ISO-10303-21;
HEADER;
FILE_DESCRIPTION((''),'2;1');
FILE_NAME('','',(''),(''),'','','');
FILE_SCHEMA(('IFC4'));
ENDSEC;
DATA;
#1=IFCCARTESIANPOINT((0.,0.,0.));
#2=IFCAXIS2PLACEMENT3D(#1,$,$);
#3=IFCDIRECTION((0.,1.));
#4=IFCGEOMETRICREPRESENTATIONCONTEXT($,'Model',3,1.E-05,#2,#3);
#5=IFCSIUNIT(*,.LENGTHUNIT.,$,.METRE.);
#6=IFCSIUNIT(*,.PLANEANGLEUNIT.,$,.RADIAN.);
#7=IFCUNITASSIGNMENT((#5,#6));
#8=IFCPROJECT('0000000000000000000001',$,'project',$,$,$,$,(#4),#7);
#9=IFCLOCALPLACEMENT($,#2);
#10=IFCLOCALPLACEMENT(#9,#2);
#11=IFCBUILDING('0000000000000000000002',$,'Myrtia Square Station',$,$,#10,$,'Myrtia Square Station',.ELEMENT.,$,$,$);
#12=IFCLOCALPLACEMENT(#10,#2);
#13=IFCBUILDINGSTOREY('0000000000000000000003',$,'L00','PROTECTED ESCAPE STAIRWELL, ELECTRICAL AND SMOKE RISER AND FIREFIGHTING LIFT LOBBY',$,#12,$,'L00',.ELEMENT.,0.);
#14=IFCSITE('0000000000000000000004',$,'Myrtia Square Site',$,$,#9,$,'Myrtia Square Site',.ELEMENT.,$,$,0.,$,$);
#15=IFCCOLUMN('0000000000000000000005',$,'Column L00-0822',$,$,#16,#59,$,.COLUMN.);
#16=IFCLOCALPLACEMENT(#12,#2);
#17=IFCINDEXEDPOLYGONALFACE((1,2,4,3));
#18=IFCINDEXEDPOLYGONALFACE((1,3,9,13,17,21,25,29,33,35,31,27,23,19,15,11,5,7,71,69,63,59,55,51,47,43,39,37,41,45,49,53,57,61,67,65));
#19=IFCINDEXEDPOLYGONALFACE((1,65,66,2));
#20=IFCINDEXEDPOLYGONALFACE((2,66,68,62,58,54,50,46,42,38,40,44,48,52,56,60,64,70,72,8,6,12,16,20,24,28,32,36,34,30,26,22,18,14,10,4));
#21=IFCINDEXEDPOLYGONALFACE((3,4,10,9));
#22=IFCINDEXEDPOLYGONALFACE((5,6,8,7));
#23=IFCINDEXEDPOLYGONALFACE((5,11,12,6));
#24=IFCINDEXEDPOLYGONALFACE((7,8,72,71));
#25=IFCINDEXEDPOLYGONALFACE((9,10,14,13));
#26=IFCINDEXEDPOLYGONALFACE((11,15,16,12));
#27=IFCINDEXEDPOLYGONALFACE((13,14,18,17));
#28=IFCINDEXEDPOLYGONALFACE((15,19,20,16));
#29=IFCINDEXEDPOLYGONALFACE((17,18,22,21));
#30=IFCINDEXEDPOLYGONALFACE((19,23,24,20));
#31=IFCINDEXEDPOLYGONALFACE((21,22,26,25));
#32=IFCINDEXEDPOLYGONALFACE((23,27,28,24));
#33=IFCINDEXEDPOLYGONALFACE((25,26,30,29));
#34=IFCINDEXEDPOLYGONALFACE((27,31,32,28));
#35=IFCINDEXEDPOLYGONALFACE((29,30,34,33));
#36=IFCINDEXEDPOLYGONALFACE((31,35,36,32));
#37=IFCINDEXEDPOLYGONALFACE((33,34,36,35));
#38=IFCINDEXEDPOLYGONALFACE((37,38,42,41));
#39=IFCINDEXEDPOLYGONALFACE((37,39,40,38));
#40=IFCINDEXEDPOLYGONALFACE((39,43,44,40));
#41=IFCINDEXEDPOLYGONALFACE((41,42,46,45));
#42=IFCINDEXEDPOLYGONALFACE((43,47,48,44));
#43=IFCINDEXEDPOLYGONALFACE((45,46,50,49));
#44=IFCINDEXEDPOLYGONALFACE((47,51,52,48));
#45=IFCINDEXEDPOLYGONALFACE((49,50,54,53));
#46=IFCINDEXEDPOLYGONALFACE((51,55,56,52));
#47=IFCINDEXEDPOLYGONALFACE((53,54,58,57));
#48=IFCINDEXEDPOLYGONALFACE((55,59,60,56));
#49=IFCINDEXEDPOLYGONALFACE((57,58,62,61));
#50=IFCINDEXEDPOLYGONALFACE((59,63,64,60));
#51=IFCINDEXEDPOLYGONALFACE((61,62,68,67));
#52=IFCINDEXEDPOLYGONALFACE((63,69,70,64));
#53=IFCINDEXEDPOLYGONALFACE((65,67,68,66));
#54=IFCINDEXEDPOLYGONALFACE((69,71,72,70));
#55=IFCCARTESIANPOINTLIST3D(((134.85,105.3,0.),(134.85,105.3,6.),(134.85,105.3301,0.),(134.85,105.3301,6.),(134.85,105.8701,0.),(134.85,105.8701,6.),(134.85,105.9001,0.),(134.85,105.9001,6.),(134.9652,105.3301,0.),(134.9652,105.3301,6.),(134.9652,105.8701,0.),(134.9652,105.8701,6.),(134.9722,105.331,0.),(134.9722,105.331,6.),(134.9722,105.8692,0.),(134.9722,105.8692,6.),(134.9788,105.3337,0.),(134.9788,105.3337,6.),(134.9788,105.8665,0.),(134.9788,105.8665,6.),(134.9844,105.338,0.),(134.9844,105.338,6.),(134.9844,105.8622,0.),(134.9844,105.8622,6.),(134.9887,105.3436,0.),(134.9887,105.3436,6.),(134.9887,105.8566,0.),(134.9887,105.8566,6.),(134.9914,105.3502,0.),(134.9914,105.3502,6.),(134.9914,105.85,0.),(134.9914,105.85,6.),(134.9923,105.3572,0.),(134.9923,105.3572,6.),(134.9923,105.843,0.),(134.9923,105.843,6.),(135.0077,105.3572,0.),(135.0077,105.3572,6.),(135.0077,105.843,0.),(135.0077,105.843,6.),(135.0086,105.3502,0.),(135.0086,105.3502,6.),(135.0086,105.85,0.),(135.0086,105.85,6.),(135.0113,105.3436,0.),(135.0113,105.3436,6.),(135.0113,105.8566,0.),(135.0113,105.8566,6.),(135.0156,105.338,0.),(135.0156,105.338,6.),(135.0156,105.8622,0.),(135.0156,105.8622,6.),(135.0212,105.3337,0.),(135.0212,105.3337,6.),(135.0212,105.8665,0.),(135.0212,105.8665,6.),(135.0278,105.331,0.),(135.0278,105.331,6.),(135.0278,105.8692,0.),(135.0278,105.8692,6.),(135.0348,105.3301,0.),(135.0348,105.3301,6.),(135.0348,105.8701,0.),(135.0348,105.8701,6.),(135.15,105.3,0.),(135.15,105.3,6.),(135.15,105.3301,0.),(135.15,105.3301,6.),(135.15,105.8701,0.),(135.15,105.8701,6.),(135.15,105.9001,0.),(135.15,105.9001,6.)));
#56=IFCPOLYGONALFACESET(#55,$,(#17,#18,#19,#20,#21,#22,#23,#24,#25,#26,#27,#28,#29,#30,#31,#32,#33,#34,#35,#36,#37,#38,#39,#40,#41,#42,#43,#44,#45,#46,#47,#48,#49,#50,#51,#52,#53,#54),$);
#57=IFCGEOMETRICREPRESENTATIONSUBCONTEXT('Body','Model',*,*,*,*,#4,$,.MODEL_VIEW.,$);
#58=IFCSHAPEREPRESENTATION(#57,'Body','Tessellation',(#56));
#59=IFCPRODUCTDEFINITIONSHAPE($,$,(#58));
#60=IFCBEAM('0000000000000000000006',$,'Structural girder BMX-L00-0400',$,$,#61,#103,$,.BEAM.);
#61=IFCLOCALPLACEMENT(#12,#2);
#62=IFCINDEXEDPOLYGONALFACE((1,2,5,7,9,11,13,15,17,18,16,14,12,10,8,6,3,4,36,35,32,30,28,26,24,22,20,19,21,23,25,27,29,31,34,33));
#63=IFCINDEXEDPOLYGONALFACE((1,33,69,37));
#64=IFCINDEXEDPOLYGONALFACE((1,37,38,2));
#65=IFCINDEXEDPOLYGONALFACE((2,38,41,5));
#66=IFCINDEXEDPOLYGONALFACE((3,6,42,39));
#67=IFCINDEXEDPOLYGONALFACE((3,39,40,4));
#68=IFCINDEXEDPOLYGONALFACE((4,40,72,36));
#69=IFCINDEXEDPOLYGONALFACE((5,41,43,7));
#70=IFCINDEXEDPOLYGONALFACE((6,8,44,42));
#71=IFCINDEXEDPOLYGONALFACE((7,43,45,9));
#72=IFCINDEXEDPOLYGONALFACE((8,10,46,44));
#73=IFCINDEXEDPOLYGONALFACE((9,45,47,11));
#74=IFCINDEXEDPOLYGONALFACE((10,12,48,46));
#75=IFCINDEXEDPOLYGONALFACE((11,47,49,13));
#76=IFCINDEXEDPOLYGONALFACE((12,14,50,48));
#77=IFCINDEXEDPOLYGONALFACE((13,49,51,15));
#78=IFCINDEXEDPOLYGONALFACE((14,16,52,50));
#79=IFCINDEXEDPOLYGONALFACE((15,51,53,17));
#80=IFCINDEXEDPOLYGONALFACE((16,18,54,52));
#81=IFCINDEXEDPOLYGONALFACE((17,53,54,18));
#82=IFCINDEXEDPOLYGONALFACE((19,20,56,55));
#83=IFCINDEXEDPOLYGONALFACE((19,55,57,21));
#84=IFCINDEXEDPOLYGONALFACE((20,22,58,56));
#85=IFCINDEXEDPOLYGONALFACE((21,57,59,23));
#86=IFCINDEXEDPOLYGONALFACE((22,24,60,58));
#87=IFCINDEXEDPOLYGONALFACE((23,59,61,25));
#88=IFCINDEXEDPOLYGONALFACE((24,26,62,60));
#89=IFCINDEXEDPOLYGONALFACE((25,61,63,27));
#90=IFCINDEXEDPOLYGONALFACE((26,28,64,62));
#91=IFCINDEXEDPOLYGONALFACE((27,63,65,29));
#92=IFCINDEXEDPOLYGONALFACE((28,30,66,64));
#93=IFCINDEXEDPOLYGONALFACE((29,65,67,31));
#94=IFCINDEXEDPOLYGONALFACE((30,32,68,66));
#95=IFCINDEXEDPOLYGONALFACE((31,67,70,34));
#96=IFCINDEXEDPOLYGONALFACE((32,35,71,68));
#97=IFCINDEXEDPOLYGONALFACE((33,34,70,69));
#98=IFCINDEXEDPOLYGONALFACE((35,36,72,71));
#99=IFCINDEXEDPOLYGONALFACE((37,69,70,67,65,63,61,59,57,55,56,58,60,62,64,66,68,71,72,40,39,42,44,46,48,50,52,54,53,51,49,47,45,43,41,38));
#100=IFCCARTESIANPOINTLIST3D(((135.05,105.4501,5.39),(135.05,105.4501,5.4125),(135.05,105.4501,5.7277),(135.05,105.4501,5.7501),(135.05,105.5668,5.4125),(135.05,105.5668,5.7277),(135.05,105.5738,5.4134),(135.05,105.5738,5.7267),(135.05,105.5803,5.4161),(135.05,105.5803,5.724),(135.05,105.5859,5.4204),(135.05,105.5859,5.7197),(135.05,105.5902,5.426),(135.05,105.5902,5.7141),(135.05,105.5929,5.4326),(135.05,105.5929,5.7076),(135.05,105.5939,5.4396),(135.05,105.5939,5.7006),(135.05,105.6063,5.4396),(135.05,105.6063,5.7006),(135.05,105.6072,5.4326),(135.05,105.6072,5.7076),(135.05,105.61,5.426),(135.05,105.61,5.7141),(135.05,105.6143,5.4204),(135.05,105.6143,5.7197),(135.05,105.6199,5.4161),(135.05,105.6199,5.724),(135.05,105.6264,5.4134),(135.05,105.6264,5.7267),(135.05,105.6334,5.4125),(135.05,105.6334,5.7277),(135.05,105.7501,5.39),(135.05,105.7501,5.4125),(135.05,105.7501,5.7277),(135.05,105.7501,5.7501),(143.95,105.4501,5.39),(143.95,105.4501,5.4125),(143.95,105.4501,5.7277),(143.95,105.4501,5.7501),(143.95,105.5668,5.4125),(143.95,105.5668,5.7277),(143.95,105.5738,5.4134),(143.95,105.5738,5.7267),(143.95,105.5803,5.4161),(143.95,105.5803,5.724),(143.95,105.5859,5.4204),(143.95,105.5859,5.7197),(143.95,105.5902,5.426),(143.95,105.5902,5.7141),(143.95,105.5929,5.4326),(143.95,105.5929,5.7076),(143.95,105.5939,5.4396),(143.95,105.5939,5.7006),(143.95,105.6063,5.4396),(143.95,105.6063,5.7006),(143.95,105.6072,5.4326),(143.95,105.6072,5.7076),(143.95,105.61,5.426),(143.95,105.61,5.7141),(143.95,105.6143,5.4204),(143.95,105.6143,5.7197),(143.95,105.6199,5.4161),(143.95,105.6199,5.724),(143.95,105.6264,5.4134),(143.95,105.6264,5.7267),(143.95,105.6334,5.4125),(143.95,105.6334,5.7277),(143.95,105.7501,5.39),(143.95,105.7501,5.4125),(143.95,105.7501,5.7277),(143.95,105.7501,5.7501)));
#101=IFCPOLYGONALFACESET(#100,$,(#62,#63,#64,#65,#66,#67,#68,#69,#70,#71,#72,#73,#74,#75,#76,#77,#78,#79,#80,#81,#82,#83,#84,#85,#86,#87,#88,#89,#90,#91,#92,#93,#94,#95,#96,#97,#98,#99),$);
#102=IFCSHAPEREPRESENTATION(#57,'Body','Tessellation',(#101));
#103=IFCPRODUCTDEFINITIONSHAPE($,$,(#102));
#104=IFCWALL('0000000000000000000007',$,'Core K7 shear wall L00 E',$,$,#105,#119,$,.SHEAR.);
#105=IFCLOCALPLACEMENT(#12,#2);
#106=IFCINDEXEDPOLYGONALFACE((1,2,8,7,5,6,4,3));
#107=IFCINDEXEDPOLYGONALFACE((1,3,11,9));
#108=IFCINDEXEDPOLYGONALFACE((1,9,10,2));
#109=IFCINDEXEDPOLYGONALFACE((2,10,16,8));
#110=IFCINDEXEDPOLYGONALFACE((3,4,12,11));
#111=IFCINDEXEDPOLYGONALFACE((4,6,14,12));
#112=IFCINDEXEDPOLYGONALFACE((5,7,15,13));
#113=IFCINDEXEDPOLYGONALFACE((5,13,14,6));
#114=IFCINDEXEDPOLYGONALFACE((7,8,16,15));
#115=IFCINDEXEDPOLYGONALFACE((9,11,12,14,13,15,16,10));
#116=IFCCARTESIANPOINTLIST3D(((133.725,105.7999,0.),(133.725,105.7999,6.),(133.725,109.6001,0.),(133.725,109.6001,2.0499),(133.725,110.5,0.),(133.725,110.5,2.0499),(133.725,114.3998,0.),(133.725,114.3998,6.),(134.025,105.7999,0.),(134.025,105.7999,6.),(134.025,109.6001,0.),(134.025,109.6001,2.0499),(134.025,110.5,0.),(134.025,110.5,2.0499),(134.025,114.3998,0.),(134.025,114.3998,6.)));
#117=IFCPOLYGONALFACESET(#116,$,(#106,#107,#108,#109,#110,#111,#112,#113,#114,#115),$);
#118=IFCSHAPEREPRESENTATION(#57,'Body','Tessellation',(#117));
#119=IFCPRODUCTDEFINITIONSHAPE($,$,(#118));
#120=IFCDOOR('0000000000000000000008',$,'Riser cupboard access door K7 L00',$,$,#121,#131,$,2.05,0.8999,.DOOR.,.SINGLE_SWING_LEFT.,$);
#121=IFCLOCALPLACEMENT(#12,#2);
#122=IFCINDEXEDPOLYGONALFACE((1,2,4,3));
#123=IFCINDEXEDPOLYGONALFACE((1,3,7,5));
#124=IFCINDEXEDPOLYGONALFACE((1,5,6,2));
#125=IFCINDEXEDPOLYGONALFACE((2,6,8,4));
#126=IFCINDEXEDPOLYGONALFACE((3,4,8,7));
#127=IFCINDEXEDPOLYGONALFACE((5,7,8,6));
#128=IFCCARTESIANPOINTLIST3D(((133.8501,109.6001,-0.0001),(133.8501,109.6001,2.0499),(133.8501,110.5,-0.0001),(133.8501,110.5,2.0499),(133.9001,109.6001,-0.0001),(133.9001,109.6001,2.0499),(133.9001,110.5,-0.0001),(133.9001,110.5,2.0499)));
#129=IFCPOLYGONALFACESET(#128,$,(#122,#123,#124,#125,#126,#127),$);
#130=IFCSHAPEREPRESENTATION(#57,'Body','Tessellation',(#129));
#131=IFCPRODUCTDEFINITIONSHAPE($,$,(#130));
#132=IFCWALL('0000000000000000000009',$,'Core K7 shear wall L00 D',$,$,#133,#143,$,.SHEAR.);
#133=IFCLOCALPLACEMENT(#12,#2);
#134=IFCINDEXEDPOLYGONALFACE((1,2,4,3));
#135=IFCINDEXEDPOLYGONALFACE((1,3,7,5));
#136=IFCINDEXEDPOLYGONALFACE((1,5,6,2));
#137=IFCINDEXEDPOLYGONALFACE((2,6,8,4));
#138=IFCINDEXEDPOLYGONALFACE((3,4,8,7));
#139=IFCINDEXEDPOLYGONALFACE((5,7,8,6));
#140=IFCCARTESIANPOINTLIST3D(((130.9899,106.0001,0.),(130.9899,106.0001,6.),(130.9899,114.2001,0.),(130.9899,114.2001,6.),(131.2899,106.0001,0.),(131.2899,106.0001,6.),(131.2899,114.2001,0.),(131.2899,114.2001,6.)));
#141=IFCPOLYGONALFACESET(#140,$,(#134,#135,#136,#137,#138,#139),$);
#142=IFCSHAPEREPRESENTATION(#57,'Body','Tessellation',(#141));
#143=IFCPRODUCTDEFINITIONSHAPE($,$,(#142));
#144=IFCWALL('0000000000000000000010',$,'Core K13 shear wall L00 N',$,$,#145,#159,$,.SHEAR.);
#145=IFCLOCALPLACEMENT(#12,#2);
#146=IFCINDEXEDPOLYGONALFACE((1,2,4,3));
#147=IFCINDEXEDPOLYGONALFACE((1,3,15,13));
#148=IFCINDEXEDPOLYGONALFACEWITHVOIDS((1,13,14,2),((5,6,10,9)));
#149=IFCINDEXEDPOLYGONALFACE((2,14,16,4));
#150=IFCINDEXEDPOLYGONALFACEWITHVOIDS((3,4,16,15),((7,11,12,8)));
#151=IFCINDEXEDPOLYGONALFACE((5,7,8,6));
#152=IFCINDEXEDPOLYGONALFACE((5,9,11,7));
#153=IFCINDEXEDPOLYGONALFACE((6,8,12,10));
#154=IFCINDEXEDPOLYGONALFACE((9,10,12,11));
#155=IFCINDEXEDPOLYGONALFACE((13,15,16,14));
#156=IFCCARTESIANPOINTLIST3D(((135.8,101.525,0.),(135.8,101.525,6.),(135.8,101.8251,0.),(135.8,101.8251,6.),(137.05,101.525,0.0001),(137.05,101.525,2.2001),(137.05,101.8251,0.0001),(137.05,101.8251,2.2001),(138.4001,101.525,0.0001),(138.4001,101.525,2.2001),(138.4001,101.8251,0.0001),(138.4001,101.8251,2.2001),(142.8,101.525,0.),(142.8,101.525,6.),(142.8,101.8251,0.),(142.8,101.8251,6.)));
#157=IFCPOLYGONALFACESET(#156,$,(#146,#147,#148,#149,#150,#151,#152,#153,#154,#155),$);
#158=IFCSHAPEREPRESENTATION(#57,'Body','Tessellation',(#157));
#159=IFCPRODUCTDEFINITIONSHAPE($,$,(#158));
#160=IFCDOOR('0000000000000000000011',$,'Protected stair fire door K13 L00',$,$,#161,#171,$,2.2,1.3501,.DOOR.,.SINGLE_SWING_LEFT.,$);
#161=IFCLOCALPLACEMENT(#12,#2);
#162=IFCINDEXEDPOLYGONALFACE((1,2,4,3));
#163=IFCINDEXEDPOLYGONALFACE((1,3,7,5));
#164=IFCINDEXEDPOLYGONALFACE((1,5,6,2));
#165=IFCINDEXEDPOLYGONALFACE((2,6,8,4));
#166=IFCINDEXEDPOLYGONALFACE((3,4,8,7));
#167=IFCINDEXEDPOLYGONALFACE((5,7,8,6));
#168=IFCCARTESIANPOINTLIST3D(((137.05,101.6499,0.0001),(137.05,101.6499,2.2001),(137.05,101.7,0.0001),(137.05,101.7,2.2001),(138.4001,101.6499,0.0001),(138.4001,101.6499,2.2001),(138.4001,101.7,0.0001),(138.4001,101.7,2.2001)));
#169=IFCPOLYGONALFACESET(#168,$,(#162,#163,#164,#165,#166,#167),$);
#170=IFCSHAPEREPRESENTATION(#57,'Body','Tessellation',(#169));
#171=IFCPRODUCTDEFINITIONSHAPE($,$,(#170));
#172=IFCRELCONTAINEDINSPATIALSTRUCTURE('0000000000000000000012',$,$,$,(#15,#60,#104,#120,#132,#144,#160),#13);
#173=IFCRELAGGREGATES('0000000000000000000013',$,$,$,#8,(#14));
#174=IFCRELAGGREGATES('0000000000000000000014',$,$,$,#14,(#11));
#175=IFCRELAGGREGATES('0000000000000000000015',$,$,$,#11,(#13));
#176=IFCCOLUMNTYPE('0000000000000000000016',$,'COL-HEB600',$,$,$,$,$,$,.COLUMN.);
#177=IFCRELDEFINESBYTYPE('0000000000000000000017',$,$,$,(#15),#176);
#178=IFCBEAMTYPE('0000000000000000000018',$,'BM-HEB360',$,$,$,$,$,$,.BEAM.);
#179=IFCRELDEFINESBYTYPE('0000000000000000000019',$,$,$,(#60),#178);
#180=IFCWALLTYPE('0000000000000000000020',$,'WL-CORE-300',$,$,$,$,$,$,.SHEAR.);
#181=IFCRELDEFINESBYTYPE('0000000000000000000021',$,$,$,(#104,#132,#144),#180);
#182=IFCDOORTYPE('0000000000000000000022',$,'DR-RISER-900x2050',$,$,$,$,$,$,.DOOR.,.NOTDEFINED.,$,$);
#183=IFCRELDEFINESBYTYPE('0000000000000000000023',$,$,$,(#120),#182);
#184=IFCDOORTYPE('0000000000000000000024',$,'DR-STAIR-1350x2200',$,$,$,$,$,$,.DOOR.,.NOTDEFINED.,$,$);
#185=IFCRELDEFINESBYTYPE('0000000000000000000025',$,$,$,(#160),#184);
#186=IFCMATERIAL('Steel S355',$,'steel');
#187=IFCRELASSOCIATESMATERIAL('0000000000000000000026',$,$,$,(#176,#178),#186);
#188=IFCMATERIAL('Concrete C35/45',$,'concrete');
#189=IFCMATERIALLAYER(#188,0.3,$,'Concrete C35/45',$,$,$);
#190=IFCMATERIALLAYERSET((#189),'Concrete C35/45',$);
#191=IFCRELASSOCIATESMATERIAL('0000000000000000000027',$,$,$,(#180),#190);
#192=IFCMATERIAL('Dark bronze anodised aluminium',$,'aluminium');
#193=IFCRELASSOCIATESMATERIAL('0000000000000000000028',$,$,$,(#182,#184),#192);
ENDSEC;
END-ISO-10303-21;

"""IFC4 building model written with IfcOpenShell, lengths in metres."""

from ifc_helpers import new_model, si_unit, direction, frame, frame_2d, origin, origin_2d, place, context, subcontext, project, spatial, rectangle, i_section, extrude, material, layer, layer_set, material_profile, profile_set, type_object, element, fill, save


model = new_model("IFC4")

# Units and contexts
model_context = context("Model", 3, precision=1e-05, world=origin(), true_north=direction((0.0, 1.0)))
body_context = subcontext(model_context, "Body", "Model", "MODEL_VIEW")
ifc_project = project(units=[si_unit("LENGTHUNIT", "METRE"), si_unit("PLANEANGLEUNIT", "RADIAN")], contexts=[model_context])

# Site, building, storey
site_placement = place(None, origin())
site = spatial("IfcSite", under=ifc_project, at=site_placement, Name="Myrtia Square Site", LongName="Myrtia Square Site", CompositionType="ELEMENT", RefElevation=0.0)
building_placement = place(site_placement, origin())
building = spatial("IfcBuilding", under=site, at=building_placement, Name="Myrtia Square Station", LongName="Myrtia Square Station", CompositionType="ELEMENT")
storey_placement = place(building_placement, origin())
storey = spatial("IfcBuildingStorey", under=building, at=storey_placement, Name="L00", Description="PROTECTED ESCAPE STAIRWELL, ELECTRICAL AND SMOKE RISER AND FIREFIGHTING LIFT LOBBY", LongName="L00", CompositionType="ELEMENT", Elevation=0.0)

# Column
ifc_material_1 = material(Name="Steel S355", Category="steel")
ifc_material_profile_1 = material_profile(ifc_material_1, i_section(OverallWidth=0.3, OverallDepth=0.6001, WebThickness=0.0154, FlangeThickness=0.03, FilletRadius=0.0271, at=origin_2d()), Name="HEB 600")
ifc_profile_set_1 = profile_set([ifc_material_profile_1], Name="Steel S355")
column_type = type_object("IfcColumnType", Name="COL-HEB600", PredefinedType="COLUMN", material=ifc_profile_set_1)
column_placement = place(storey_placement, frame((135.0, 105.6001, 0.0), z_axis=(0.0, 0.0, 1.0), x_axis=(1.0, 0.0, 0.0)))
element("IfcColumn", 1, at=column_placement, inside=storey, type_object=column_type, Name="Column L00-0822", PredefinedType="COLUMN", context=body_context, shape_type="SweptSolid", body=[
    extrude(i_section(OverallWidth=0.3, OverallDepth=0.6001, WebThickness=0.0154, FlangeThickness=0.03, FilletRadius=0.0271, at=origin_2d()), origin(), (0.0, 0.0, 1.0), 6.0),
])

# Beam
ifc_material_profile_2 = material_profile(ifc_material_1, i_section(OverallWidth=0.3, OverallDepth=0.3601, WebThickness=0.0125, FlangeThickness=0.0225, FilletRadius=0.0271, at=origin_2d()), Name="HEB 360")
ifc_profile_set_2 = profile_set([ifc_material_profile_2], Name="Steel S355")
beam_type = type_object("IfcBeamType", Name="BM-HEB360", PredefinedType="BEAM", material=ifc_profile_set_2)
beam_placement = place(storey_placement, frame((135.05, 105.6001, 5.5701), z_axis=(1.0, 0.0, 0.0), x_axis=(0.0, 1.0, 0.0)))
element("IfcBeam", 2, at=beam_placement, inside=storey, type_object=beam_type, Name="Structural girder BMX-L00-0400", PredefinedType="BEAM", context=body_context, shape_type="SweptSolid", body=[
    extrude(i_section(OverallWidth=0.3, OverallDepth=0.3601, WebThickness=0.0125, FlangeThickness=0.0225, FilletRadius=0.0271, at=origin_2d()), origin(), (0.0, 0.0, 1.0), 8.8999),
])

# Wall, opening, door
ifc_material_2 = material(Name="Concrete C35/45", Category="concrete")
ifc_layer_1 = layer(ifc_material_2, 0.3, Name="Concrete C35/45")
ifc_layer_set_1 = layer_set([ifc_layer_1], Name="Concrete C35/45")
wall_type_1 = type_object("IfcWallType", Name="WL-CORE-300", PredefinedType="SHEAR", material=ifc_layer_set_1)
wall_1_placement = place(storey_placement, frame((133.875, 105.8, 0.0), z_axis=(0.0, 0.0, 1.0), x_axis=(0.0, 1.0, 0.0)))
wall_1 = element("IfcWall", 3, at=wall_1_placement, inside=storey, type_object=wall_type_1, Name="Core K7 shear wall L00 E", PredefinedType="SHEAR", context=body_context, shape_type="SweptSolid", body=[
    extrude(rectangle(XDim=8.5999, YDim=0.3, at=frame_2d((4.2998, 0.0))), origin(), (0.0, 0.0, 1.0), 6.0),
])
opening_1_placement = place(wall_1_placement, frame((3.8, 0.0, 0.0)))
opening_1 = element("IfcOpeningElement", 4, at=opening_1_placement, cuts=wall_1, PredefinedType="OPENING", context=body_context, shape_type="SweptSolid", body=[
    extrude(rectangle(XDim=0.8999, YDim=2.05, at=frame_2d((0.45, 1.0249))), frame((0.0, 0.165, 0.0), z_axis=(0.0, -1.0, 0.0), x_axis=(1.0, 0.0, 0.0)), (0.0, 0.0, 1.0), 0.3301),
])
ifc_material_3 = material(Name="Dark bronze anodised aluminium", Category="aluminium")
door_type_1 = type_object("IfcDoorType", Name="DR-RISER-900x2050", OperationType="NOTDEFINED", PredefinedType="DOOR", material=ifc_material_3)
door_1_placement = place(opening_1_placement, origin())
door_1 = element("IfcDoor", 5, at=door_1_placement, inside=storey, type_object=door_type_1, Name="Riser cupboard access door K7 L00", OperationType="SINGLE_SWING_LEFT", OverallHeight=2.05, OverallWidth=0.8999, PredefinedType="DOOR", context=body_context, shape_type="SweptSolid", body=[
    extrude(rectangle(XDim=0.8999, YDim=2.05, at=frame_2d((0.45, 1.0249))), frame((0.0, 0.0249, 0.0), z_axis=(0.0, -1.0, 0.0), x_axis=(1.0, 0.0, 0.0)), (0.0, 0.0, 1.0), 0.05),
])
fill(opening_1, door_1)

# Wall
wall_2_placement = place(storey_placement, frame((131.1399, 106.0, 0.0), z_axis=(0.0, 0.0, 1.0), x_axis=(0.0, 1.0, 0.0)))
element("IfcWall", 6, at=wall_2_placement, inside=storey, type_object=wall_type_1, Name="Core K7 shear wall L00 D", PredefinedType="SHEAR", context=body_context, shape_type="SweptSolid", body=[
    extrude(rectangle(XDim=8.2, YDim=0.3, at=frame_2d((4.1001, 0.0))), origin(), (0.0, 0.0, 1.0), 6.0),
])

# Wall, opening, door
wall_3_placement = place(storey_placement, frame((135.8, 101.675, 0.0), z_axis=(0.0, 0.0, 1.0), x_axis=(1.0, 0.0, 0.0)))
wall_3 = element("IfcWall", 7, at=wall_3_placement, inside=storey, type_object=wall_type_1, Name="Core K13 shear wall L00 N", PredefinedType="SHEAR", context=body_context, shape_type="SweptSolid", body=[
    extrude(rectangle(XDim=7.0, YDim=0.3, at=frame_2d((3.5, 0.0))), origin(), (0.0, 0.0, 1.0), 6.0),
])
opening_2_placement = place(wall_3_placement, frame((1.25, 0.0, 0.0)))
opening_2 = element("IfcOpeningElement", 8, at=opening_2_placement, cuts=wall_3, PredefinedType="OPENING", context=body_context, shape_type="SweptSolid", body=[
    extrude(rectangle(XDim=1.3501, YDim=2.2, at=frame_2d((0.675, 1.1001))), frame((0.0, 0.165, 0.0), z_axis=(0.0, -1.0, 0.0), x_axis=(1.0, 0.0, 0.0)), (0.0, 0.0, 1.0), 0.3301),
])
door_type_2 = type_object("IfcDoorType", Name="DR-STAIR-1350x2200", OperationType="NOTDEFINED", PredefinedType="DOOR", material=ifc_material_3)
door_2_placement = place(opening_2_placement, origin())
door_2 = element("IfcDoor", 9, at=door_2_placement, inside=storey, type_object=door_type_2, Name="Protected stair fire door K13 L00", OperationType="SINGLE_SWING_LEFT", OverallHeight=2.2, OverallWidth=1.3501, PredefinedType="DOOR", context=body_context, shape_type="SweptSolid", body=[
    extrude(rectangle(XDim=1.3501, YDim=2.2, at=frame_2d((0.675, 1.1001))), frame((0.0, 0.0249, 0.0), z_axis=(0.0, -1.0, 0.0), x_axis=(1.0, 0.0, 0.0)), (0.0, 0.0, 1.0), 0.05),
])
fill(opening_2, door_2)

save(model, "model.ifc")
